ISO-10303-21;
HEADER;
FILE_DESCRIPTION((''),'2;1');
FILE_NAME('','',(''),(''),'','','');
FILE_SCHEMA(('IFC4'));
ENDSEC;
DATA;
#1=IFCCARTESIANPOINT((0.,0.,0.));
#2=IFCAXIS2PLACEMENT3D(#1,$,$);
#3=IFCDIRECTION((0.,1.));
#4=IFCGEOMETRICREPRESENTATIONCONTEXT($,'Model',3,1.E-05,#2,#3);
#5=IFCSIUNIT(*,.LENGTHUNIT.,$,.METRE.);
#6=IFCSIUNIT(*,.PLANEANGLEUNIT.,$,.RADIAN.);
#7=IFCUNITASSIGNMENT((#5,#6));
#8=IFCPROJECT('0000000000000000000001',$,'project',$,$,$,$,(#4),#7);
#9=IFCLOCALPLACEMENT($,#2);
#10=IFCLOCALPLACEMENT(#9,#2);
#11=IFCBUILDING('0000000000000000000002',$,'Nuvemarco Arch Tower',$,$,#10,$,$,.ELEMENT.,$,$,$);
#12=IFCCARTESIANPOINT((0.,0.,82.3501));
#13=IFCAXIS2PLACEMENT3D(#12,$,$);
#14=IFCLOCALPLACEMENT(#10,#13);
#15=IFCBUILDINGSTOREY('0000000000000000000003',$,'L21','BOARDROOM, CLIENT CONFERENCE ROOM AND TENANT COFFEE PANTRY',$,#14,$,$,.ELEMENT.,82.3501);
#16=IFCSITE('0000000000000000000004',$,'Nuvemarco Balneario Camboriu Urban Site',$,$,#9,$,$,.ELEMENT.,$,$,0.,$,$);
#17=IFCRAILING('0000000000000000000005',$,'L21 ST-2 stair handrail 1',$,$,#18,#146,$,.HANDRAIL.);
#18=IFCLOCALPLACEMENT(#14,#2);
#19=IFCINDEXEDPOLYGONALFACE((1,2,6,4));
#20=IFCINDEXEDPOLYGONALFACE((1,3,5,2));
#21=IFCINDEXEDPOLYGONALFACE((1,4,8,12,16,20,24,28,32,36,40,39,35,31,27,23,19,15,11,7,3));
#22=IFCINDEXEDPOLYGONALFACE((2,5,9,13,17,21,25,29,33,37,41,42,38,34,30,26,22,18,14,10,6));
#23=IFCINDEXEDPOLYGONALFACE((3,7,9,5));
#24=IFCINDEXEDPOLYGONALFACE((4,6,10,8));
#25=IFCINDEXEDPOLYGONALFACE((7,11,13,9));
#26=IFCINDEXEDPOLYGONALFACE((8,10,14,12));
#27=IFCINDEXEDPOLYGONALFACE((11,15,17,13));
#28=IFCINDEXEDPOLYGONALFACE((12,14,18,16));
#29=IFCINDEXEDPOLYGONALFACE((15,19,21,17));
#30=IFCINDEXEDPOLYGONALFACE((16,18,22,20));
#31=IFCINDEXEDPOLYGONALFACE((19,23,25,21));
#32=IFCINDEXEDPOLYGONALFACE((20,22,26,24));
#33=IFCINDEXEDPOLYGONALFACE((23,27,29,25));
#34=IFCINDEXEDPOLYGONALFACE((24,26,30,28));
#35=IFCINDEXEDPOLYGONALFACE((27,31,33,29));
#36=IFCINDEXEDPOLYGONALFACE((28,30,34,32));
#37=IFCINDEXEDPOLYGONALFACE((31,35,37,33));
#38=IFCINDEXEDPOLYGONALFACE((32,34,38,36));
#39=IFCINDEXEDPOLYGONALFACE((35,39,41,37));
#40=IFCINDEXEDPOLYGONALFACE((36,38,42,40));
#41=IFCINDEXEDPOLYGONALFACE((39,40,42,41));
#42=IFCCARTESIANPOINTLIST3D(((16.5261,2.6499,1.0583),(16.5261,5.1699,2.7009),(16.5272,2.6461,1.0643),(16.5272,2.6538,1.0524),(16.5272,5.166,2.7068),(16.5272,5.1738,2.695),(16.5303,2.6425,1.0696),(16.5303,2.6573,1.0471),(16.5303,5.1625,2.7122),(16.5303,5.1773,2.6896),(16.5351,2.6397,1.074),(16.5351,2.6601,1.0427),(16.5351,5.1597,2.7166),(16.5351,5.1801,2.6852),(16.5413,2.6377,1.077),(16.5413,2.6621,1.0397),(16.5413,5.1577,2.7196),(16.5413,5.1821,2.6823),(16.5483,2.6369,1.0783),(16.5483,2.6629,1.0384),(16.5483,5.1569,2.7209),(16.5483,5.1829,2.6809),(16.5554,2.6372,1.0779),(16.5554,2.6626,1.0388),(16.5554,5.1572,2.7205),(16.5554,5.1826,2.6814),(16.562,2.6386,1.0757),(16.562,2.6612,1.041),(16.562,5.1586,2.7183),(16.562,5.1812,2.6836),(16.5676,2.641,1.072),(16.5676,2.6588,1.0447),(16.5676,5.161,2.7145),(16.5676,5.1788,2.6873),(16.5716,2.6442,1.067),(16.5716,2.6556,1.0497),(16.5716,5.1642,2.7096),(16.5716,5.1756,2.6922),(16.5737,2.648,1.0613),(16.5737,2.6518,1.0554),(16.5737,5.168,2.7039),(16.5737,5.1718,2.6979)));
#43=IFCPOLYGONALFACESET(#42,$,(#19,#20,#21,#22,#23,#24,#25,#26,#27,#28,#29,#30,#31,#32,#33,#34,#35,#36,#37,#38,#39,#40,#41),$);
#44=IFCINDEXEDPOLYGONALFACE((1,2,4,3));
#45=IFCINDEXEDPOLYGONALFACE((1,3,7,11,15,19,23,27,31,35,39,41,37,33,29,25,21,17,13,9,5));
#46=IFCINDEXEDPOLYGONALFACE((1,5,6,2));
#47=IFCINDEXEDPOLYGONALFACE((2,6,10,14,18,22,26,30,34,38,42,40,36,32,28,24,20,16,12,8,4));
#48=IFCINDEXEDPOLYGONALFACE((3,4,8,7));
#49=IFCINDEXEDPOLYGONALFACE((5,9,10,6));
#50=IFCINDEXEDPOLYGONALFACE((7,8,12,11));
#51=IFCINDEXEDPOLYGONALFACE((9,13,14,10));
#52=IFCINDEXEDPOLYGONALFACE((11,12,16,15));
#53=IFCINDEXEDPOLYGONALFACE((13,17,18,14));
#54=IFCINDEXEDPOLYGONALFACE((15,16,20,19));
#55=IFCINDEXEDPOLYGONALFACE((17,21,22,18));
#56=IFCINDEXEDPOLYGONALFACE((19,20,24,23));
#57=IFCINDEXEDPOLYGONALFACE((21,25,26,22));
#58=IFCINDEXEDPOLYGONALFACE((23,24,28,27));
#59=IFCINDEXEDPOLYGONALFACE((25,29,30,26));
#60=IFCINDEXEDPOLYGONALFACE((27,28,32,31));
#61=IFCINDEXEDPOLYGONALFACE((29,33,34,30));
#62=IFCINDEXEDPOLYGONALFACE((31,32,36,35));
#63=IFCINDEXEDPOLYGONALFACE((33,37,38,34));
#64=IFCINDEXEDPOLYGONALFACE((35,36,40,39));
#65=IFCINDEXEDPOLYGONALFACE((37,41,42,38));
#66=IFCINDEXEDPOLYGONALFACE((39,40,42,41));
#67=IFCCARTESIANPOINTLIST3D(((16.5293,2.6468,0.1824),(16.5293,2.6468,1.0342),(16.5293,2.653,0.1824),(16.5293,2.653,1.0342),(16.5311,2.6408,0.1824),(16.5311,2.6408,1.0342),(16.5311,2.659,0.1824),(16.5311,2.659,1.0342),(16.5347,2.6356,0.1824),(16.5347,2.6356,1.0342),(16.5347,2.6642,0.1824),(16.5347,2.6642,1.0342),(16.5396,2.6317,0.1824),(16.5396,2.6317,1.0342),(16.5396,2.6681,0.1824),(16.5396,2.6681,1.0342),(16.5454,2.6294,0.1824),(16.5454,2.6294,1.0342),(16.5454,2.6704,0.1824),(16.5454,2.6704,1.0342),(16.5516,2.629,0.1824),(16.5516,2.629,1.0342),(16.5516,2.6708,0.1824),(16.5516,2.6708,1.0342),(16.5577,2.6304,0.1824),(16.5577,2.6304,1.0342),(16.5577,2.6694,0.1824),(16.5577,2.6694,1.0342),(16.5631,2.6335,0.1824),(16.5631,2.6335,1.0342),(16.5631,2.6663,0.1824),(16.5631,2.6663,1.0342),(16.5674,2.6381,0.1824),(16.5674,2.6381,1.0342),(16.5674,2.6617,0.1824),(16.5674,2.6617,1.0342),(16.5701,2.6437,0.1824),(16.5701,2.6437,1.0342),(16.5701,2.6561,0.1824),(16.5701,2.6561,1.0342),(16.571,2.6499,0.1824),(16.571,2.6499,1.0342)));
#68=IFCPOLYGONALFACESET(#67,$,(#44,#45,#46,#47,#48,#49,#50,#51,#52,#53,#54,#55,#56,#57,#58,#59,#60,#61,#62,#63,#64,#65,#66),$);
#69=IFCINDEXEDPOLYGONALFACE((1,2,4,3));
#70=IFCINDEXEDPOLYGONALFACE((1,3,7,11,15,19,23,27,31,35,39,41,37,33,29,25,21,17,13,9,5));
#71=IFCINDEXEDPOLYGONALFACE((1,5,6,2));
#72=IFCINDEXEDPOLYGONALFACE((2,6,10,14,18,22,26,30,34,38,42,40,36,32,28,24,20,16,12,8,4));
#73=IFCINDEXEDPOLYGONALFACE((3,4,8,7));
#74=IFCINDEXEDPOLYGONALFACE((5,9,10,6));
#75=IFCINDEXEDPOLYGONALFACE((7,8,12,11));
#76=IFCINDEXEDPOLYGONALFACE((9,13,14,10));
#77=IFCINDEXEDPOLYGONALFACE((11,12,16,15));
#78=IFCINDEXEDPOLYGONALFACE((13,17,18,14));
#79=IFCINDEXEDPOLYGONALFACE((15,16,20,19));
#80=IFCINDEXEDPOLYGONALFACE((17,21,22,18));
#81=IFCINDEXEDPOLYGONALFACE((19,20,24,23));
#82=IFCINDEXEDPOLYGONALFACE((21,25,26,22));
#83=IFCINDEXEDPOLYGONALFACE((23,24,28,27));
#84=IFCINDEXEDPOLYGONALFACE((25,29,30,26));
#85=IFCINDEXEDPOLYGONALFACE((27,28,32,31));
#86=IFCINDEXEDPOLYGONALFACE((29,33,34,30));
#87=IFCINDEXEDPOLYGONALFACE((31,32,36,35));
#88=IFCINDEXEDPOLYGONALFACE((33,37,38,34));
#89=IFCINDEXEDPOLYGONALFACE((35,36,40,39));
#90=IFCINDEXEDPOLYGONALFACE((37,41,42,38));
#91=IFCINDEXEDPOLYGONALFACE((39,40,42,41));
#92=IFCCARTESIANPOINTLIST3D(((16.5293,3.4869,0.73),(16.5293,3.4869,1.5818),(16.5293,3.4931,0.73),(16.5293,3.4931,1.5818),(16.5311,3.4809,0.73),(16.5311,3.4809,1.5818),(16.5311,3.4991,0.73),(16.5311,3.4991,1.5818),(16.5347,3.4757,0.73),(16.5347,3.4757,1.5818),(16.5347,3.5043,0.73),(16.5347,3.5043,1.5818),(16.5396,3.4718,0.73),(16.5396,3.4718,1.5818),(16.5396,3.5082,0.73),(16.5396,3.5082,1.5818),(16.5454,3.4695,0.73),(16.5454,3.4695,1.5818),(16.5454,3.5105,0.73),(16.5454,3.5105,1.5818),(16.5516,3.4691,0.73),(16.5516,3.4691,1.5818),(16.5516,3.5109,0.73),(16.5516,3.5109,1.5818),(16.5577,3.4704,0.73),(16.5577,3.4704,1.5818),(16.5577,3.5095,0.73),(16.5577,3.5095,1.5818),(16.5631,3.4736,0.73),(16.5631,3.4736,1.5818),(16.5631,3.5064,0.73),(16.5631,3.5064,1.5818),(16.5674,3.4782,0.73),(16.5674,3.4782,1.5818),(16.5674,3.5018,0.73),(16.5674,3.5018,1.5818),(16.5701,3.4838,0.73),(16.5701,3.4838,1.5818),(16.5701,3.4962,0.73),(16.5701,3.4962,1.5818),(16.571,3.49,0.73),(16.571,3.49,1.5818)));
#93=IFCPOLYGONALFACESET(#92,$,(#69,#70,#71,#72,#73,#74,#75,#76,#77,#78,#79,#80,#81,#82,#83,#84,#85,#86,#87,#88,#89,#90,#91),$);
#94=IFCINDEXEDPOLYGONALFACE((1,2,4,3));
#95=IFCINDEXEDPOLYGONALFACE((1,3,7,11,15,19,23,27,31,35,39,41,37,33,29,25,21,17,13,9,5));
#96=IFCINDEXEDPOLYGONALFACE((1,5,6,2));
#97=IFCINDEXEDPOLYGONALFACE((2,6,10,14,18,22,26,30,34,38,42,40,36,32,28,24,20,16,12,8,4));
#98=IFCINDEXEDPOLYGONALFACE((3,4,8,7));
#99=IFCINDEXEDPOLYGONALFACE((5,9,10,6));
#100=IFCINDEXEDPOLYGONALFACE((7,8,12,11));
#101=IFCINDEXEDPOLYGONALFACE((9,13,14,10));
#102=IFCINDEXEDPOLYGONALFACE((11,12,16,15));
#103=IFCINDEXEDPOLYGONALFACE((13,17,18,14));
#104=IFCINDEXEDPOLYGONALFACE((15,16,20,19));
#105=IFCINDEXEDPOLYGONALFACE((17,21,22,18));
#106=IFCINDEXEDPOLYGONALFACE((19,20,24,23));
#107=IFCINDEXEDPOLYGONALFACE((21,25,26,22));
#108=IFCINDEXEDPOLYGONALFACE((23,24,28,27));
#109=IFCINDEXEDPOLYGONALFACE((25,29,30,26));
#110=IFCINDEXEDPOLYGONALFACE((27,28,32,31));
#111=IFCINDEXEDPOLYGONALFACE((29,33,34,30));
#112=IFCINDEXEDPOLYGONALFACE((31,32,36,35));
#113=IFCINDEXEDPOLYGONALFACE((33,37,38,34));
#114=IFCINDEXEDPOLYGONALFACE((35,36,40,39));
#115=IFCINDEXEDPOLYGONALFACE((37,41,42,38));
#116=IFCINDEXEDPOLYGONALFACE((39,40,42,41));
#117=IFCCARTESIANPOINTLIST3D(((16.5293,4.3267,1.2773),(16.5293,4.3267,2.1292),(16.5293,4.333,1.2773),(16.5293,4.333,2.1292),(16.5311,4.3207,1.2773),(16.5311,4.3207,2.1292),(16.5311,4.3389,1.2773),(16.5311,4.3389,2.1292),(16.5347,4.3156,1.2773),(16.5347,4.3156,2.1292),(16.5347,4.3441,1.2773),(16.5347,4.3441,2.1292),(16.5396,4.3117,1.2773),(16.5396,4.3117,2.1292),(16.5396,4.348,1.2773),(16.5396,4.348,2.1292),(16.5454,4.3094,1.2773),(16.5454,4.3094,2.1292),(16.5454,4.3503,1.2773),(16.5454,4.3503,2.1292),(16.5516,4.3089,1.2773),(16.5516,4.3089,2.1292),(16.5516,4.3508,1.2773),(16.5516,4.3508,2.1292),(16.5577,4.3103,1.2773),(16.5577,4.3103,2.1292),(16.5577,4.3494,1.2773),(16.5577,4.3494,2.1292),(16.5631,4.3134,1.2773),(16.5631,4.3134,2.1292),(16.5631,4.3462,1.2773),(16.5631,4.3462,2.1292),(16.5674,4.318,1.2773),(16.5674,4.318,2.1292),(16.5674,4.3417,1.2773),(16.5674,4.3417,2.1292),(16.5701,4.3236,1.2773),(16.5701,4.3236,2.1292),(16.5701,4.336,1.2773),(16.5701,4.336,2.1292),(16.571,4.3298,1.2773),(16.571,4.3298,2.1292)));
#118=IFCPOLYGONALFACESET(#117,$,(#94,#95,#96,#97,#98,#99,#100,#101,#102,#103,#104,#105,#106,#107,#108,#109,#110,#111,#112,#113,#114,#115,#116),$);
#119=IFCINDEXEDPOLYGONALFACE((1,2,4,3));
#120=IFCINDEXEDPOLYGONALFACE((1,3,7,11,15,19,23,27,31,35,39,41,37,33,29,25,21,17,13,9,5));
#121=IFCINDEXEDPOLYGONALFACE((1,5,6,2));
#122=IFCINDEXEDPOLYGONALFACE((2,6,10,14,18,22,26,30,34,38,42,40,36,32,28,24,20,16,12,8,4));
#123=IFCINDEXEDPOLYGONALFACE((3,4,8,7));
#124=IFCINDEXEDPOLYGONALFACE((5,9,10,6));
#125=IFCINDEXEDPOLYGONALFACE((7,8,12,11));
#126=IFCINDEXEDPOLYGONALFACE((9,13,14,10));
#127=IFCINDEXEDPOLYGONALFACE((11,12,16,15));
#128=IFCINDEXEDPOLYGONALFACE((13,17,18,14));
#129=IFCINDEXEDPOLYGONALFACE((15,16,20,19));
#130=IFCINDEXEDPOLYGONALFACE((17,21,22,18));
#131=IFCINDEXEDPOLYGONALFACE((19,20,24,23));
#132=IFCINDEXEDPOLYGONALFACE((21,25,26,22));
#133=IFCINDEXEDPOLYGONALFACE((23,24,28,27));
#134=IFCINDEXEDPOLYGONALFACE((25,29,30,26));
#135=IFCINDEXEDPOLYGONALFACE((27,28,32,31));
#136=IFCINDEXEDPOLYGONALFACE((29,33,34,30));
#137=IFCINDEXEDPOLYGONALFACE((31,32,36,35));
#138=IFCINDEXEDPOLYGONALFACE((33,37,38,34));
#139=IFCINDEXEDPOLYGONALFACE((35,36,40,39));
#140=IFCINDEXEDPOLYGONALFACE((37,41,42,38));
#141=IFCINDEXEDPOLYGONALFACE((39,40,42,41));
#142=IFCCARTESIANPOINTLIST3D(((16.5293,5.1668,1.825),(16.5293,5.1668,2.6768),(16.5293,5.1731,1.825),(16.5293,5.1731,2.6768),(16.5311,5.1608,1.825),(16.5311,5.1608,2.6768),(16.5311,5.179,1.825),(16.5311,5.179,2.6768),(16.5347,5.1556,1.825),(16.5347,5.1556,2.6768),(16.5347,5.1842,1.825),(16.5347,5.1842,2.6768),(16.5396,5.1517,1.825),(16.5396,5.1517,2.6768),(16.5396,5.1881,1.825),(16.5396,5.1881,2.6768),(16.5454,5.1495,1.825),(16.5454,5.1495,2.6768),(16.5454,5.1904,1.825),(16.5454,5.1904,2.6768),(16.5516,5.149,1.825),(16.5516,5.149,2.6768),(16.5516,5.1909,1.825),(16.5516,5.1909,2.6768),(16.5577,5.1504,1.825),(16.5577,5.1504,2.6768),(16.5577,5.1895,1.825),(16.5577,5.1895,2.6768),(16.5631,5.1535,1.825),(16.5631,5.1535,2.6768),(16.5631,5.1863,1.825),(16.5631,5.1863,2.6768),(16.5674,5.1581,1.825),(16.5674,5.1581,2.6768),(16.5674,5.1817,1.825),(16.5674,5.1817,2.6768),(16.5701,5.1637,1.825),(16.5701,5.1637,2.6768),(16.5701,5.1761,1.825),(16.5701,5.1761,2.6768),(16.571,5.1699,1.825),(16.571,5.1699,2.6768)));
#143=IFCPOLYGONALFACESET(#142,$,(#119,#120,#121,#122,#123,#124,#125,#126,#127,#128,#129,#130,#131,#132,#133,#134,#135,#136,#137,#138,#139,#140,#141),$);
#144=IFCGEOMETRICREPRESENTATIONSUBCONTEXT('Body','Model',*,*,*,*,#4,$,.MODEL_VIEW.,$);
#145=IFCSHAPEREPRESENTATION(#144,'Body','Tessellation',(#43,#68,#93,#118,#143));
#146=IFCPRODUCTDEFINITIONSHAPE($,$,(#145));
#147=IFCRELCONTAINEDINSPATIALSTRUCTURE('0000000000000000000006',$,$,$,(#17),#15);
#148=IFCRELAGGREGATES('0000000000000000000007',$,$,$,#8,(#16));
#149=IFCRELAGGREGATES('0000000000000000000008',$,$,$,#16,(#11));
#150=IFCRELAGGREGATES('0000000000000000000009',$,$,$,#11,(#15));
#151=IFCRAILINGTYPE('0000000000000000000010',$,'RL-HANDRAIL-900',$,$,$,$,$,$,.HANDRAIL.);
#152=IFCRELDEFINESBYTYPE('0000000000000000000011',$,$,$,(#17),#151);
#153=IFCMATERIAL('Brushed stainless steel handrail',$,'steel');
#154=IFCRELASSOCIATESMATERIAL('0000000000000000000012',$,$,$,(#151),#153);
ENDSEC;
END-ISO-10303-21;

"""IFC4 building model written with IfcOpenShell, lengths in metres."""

from ifc_helpers import new_model, si_unit, direction, frame, origin, origin_2d, place, context, subcontext, project, spatial, circle, extrude, material, type_object, element, save


model = new_model("IFC4")

# Units and contexts
model_context = context("Model", 3, precision=1e-05, world=origin(), true_north=direction((0.0, 1.0)))
body_context = subcontext(model_context, "Body", "Model", "MODEL_VIEW")
ifc_project = project(units=[si_unit("LENGTHUNIT", "METRE"), si_unit("PLANEANGLEUNIT", "RADIAN")], contexts=[model_context])

# Site, building, storey
site_placement = place(None, origin())
site = spatial("IfcSite", under=ifc_project, at=site_placement, Name="Nuvemarco Balneario Camboriu Urban Site", CompositionType="ELEMENT", RefElevation=0.0)
building_placement = place(site_placement, origin())
building = spatial("IfcBuilding", under=site, at=building_placement, Name="Nuvemarco Arch Tower", CompositionType="ELEMENT")
storey_placement = place(building_placement, frame((0.0, 0.0, 82.3501)))
storey = spatial("IfcBuildingStorey", under=building, at=storey_placement, Name="L21", Description="BOARDROOM, CLIENT CONFERENCE ROOM AND TENANT COFFEE PANTRY", CompositionType="ELEMENT", Elevation=82.3501)

# Railing
ifc_material_1 = material(Name="Brushed stainless steel handrail", Category="steel")
railing_type_1 = type_object("IfcRailingType", Name="RL-HANDRAIL-900", PredefinedType="HANDRAIL", material=ifc_material_1)
railing_1_placement = place(storey_placement, frame((16.55, 2.6499, 0.1824)))
element("IfcRailing", 1, at=railing_1_placement, inside=storey, type_object=railing_type_1, Name="L21 ST-2 stair handrail 1", PredefinedType="HANDRAIL", context=body_context, shape_type="SweptSolid", body=[
    extrude(circle(Radius=0.0239, at=origin_2d()), frame((0.0, 0.0, 0.876), z_axis=(0.0, 0.837749, 0.546055), x_axis=(-1.0, 0.0, 0.0)), (0.0, 0.0, 1.0), 3.0081),
    extrude(circle(Radius=0.021, at=origin_2d()), origin(), (0.0, 0.0, 1.0), 0.8518),
    extrude(circle(Radius=0.021, at=origin_2d()), frame((0.0, 0.8401, 0.5476)), (0.0, 0.0, 1.0), 0.8518),
    extrude(circle(Radius=0.021, at=origin_2d()), frame((0.0, 1.6799, 1.095)), (0.0, 0.0, 1.0), 0.8518),
    extrude(circle(Radius=0.021, at=origin_2d()), frame((0.0, 2.52, 1.6426)), (0.0, 0.0, 1.0), 0.8518),
])

save(model, "model.ifc")
